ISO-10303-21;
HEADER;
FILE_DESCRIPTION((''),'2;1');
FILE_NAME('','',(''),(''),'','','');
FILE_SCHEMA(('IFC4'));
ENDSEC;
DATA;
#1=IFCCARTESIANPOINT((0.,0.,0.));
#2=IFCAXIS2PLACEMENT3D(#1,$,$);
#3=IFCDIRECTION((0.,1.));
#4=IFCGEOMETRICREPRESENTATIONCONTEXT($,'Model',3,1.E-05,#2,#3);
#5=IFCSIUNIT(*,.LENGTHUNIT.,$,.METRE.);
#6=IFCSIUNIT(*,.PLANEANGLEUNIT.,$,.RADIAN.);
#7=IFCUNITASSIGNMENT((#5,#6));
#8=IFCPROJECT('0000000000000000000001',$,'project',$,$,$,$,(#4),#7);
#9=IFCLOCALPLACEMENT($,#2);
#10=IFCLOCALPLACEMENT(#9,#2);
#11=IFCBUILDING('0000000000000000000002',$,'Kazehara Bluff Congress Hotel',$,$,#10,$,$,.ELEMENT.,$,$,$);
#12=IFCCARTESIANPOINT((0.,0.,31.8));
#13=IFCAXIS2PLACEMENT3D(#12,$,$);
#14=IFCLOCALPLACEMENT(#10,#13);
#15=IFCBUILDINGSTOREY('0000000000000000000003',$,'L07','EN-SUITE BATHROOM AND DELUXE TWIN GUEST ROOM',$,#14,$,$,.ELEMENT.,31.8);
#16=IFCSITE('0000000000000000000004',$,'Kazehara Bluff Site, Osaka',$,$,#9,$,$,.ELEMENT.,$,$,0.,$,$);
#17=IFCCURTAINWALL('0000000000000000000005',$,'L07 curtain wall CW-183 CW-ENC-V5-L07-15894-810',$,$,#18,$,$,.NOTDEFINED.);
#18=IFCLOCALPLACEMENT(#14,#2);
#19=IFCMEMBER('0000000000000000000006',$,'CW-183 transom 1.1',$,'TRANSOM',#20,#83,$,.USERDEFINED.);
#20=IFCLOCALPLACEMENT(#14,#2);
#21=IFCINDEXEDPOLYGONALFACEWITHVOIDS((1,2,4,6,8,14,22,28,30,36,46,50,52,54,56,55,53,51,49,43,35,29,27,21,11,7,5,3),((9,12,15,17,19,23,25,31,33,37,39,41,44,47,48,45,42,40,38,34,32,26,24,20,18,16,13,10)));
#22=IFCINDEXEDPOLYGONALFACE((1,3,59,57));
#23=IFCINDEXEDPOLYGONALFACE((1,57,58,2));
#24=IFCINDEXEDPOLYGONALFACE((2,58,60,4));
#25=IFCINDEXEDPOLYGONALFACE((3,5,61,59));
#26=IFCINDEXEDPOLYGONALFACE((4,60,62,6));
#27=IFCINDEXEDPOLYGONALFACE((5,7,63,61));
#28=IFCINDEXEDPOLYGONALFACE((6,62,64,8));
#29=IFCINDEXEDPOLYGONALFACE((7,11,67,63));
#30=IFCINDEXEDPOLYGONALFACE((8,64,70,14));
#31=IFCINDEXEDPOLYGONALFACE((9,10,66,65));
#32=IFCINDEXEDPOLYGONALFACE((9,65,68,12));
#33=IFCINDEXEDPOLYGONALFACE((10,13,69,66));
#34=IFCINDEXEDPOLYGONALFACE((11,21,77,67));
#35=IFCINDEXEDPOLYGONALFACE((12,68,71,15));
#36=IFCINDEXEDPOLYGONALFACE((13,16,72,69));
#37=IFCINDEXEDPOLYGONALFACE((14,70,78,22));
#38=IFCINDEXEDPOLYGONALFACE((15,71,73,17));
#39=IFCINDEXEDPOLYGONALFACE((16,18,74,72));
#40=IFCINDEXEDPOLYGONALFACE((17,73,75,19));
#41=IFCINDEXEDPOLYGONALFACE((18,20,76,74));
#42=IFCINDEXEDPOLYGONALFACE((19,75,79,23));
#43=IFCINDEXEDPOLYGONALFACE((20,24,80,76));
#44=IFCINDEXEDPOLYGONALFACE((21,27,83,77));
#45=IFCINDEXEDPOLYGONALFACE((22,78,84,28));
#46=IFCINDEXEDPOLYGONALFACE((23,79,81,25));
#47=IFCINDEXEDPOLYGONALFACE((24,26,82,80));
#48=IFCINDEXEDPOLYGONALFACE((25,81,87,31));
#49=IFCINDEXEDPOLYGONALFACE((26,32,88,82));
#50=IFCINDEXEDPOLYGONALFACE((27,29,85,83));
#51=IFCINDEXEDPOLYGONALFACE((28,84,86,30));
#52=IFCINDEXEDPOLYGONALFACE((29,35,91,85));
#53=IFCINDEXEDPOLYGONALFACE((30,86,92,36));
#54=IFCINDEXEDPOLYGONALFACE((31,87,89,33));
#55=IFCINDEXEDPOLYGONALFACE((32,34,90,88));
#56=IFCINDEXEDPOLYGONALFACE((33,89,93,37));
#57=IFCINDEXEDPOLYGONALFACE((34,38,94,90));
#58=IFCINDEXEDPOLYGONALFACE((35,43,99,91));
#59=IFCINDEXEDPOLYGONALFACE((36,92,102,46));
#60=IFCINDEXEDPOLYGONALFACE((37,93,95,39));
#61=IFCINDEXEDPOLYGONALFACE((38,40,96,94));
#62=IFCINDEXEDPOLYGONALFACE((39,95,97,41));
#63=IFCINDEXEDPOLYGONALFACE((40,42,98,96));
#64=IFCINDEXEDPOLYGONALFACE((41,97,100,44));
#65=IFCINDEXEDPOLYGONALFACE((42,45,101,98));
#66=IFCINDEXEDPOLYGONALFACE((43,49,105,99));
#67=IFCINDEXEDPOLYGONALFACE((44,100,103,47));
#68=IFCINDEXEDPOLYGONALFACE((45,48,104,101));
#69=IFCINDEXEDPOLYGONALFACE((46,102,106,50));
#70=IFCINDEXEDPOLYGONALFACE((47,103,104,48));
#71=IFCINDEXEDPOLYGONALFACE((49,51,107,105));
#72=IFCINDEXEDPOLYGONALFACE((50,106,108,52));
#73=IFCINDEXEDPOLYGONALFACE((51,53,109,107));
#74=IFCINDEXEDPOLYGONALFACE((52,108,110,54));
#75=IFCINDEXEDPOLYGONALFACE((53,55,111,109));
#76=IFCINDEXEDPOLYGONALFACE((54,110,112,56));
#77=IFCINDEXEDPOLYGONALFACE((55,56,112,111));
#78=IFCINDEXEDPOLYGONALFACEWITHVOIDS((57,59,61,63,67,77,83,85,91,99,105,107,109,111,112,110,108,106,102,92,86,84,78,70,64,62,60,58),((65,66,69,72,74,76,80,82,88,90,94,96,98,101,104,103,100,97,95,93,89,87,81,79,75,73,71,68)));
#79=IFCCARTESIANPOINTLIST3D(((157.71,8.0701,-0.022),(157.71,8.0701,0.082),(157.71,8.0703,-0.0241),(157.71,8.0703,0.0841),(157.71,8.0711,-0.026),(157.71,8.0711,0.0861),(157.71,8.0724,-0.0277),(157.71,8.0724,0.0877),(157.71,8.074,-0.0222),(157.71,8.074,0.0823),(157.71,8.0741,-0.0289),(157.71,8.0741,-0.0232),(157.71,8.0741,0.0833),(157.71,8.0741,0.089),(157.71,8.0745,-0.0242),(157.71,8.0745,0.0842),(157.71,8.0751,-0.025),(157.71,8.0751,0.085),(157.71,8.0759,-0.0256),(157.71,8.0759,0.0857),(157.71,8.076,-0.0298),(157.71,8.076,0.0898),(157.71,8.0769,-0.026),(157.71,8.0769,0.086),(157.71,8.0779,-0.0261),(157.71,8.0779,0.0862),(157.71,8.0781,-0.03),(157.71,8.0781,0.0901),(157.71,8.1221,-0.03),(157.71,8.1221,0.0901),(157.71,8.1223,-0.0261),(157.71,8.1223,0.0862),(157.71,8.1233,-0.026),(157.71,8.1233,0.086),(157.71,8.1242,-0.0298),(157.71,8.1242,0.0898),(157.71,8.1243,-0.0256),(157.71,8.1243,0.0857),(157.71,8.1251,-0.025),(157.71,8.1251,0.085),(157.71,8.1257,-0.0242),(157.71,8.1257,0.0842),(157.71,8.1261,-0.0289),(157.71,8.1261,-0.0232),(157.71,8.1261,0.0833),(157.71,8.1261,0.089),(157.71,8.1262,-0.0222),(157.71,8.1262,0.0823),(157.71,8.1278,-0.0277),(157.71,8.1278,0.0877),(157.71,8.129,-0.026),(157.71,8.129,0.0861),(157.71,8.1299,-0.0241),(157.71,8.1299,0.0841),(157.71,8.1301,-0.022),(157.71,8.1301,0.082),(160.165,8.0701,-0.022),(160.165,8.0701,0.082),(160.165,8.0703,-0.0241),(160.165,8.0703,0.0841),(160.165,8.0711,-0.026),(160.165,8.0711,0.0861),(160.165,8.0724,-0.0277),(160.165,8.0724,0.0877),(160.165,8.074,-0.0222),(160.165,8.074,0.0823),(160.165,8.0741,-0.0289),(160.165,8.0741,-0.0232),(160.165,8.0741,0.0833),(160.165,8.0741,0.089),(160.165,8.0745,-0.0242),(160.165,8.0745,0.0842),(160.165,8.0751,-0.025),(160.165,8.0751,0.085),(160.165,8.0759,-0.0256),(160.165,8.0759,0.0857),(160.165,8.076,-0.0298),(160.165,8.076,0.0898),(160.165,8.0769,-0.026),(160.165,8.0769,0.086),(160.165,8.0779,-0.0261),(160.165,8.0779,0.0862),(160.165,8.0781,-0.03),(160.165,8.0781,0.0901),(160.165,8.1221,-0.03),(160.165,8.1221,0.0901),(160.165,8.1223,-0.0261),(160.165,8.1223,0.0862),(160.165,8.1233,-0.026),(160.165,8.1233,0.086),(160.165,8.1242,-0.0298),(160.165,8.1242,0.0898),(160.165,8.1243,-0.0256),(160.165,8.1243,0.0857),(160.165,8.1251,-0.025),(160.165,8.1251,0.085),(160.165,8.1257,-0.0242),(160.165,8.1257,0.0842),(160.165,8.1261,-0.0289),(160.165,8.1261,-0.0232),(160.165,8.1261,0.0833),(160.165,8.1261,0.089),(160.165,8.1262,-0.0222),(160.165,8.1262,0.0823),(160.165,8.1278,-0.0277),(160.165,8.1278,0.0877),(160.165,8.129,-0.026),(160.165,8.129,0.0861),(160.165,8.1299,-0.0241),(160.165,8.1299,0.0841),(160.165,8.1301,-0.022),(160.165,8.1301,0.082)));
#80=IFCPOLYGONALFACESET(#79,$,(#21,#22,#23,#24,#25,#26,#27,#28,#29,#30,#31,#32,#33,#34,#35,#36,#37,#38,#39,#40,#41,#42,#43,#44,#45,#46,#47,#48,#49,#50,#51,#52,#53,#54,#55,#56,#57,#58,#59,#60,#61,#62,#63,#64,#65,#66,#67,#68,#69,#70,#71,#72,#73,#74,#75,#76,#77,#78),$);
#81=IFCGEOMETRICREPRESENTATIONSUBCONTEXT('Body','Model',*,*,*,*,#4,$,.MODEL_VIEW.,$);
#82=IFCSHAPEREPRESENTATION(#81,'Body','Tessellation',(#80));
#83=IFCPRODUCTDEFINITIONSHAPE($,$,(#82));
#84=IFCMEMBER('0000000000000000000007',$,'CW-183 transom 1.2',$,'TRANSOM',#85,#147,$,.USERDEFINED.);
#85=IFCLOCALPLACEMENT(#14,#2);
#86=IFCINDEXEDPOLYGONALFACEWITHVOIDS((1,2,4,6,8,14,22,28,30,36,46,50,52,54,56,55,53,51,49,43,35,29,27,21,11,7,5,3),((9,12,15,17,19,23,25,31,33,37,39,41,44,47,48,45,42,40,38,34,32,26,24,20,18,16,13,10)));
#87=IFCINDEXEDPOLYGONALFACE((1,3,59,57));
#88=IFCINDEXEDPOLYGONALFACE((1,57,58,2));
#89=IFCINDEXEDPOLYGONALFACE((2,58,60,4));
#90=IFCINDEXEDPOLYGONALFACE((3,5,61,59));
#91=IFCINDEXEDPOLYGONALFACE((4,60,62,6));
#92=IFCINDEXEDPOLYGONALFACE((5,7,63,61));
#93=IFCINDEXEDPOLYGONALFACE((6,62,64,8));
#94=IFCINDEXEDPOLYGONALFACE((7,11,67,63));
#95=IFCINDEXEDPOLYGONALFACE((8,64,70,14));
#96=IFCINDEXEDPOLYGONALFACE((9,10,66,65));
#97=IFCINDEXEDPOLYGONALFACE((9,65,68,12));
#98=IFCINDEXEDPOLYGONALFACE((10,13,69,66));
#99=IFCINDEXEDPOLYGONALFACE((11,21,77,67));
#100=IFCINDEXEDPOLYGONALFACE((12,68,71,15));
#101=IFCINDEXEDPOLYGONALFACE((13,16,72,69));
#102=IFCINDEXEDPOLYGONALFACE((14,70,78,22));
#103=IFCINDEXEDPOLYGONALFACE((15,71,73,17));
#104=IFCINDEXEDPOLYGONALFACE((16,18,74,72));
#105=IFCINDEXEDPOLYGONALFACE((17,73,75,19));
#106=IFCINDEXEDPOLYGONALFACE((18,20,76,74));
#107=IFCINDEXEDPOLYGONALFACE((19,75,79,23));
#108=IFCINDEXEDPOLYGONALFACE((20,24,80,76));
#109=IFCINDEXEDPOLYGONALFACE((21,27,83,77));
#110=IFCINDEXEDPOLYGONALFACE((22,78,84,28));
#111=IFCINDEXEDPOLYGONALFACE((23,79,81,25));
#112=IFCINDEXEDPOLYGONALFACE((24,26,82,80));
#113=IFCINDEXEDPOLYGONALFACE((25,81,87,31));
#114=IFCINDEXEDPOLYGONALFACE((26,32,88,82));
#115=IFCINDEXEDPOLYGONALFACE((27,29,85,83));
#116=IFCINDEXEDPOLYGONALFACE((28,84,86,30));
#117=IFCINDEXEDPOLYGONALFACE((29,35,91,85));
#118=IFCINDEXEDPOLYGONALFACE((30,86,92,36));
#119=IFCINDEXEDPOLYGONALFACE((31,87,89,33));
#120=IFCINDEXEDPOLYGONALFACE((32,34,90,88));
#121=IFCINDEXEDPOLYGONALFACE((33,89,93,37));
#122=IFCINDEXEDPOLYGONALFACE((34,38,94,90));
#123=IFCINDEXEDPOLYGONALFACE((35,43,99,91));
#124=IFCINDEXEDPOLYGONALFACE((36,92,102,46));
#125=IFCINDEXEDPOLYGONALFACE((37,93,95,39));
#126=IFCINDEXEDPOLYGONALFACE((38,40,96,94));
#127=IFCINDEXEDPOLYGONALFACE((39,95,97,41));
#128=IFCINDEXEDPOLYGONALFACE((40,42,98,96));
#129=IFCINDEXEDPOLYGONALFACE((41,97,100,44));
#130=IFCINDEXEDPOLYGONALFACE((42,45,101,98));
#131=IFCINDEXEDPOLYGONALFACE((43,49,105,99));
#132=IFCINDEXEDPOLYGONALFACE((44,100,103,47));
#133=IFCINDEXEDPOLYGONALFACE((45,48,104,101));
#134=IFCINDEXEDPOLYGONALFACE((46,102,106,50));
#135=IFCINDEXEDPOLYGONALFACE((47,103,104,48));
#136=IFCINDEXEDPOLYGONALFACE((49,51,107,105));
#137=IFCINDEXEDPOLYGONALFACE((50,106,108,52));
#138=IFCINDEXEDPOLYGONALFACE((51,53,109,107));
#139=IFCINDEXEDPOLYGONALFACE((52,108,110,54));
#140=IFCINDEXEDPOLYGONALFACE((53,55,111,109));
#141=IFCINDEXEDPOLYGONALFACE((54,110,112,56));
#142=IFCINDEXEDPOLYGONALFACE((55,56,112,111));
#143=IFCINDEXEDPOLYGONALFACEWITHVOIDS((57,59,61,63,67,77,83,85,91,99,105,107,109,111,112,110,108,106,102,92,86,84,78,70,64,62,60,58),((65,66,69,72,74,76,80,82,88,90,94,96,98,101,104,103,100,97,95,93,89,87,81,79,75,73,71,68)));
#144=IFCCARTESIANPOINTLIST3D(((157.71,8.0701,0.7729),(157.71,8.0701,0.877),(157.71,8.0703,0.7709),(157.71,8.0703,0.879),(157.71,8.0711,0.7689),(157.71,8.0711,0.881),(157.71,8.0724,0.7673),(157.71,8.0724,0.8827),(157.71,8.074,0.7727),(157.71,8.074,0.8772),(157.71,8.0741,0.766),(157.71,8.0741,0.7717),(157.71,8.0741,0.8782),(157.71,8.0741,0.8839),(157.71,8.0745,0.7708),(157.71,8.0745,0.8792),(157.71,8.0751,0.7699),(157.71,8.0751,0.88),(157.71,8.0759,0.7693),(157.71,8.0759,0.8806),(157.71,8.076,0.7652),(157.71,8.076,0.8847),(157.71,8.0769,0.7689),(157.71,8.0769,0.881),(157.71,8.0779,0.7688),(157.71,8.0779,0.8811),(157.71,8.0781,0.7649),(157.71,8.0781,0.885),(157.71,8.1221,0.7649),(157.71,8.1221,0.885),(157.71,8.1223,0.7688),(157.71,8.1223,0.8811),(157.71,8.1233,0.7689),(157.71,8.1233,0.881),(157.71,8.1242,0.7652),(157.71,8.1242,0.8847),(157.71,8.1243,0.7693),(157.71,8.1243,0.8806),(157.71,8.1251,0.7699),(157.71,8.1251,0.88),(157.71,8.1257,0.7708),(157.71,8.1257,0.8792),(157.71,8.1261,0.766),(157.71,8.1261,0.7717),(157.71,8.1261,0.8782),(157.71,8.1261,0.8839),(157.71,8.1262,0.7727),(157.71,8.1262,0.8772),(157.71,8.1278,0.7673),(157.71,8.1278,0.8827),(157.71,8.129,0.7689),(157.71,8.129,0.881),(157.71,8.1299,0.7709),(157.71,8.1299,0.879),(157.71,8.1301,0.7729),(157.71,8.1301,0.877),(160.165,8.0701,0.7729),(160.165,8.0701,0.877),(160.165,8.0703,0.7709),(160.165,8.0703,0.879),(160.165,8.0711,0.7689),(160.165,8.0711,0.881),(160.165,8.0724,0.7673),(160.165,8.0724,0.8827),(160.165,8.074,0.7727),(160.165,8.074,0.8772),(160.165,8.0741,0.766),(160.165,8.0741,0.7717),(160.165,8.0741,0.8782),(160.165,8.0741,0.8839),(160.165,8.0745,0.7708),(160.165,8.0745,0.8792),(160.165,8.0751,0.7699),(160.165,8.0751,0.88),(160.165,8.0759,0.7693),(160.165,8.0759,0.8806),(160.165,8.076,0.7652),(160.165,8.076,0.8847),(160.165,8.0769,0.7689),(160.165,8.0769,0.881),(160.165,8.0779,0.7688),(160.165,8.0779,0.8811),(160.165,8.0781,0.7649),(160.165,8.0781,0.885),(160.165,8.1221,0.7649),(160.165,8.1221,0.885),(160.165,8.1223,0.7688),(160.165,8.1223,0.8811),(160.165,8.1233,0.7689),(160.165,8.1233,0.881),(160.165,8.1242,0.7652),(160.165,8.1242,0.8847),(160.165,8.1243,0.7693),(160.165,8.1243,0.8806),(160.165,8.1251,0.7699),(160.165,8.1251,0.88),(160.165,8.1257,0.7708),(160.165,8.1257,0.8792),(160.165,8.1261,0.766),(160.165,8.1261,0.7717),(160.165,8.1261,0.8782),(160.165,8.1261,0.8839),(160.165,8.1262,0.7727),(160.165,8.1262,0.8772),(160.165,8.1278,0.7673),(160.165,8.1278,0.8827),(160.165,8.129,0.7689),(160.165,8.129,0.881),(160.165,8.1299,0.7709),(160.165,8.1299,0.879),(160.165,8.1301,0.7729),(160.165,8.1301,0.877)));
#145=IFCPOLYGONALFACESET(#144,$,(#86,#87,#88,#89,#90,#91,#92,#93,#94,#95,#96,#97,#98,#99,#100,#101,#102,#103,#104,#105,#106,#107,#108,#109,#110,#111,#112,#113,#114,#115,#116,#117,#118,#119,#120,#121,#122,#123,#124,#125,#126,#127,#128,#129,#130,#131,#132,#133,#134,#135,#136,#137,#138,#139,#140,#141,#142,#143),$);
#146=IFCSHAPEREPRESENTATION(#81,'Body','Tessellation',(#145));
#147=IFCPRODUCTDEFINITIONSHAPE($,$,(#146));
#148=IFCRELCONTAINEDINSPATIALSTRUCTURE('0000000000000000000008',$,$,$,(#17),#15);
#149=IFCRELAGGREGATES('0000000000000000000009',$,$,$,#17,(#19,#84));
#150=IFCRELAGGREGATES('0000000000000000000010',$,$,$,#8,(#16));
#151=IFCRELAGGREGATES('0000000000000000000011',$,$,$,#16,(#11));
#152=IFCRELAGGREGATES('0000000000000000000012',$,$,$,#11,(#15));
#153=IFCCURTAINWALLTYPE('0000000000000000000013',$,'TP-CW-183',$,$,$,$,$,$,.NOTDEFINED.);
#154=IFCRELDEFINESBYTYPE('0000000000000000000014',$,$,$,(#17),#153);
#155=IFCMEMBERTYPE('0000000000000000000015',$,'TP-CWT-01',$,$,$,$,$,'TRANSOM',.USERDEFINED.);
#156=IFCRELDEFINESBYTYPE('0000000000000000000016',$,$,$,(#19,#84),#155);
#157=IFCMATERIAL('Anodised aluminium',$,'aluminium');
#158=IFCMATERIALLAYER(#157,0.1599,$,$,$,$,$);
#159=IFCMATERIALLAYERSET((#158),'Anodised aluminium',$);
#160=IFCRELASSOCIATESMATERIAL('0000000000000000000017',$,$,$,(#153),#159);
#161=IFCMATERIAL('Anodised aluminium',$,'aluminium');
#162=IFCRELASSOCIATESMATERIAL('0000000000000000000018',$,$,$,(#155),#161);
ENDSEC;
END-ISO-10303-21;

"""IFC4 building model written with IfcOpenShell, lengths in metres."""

from ifc_helpers import new_model, si_unit, direction, frame, origin, origin_2d, place, context, subcontext, project, spatial, hollow_rectangle, extrude, material, layer, layer_set, material_profile, profile_set, type_object, element, aggregate, save


model = new_model("IFC4")

# Units and contexts
model_context = context("Model", 3, precision=1e-05, world=origin(), true_north=direction((0.0, 1.0)))
body_context = subcontext(model_context, "Body", "Model", "MODEL_VIEW")
ifc_project = project(units=[si_unit("LENGTHUNIT", "METRE"), si_unit("PLANEANGLEUNIT", "RADIAN")], contexts=[model_context])

# Site, building, storey
site_placement = place(None, origin())
site = spatial("IfcSite", under=ifc_project, at=site_placement, Name="Kazehara Bluff Site, Osaka", CompositionType="ELEMENT", RefElevation=0.0)
building_placement = place(site_placement, origin())
building = spatial("IfcBuilding", under=site, at=building_placement, Name="Kazehara Bluff Congress Hotel", CompositionType="ELEMENT")
storey_placement = place(building_placement, frame((0.0, 0.0, 31.8)))
storey = spatial("IfcBuildingStorey", under=building, at=storey_placement, Name="L07", Description="EN-SUITE BATHROOM AND DELUXE TWIN GUEST ROOM", CompositionType="ELEMENT", Elevation=31.8)

# Curtain wall
ifc_material_1 = material(Name="Anodised aluminium", Category="aluminium")
ifc_layer_1 = layer(ifc_material_1, 0.1599)
ifc_layer_set_1 = layer_set([ifc_layer_1], Name="Anodised aluminium")
curtain_wall_type_1 = type_object("IfcCurtainWallType", Name="TP-CW-183", PredefinedType="NOTDEFINED", material=ifc_layer_set_1)
curtain_wall_1_placement = place(storey_placement, origin())
curtain_wall_1 = element("IfcCurtainWall", 1, at=curtain_wall_1_placement, inside=storey, type_object=curtain_wall_type_1, Name="L07 curtain wall CW-183 CW-ENC-V5-L07-15894-810", PredefinedType="NOTDEFINED")

# Members
ifc_material_2 = material(Name="Anodised aluminium", Category="aluminium")
ifc_material_profile_1 = material_profile(ifc_material_2, hollow_rectangle(XDim=0.0601, YDim=0.1201, WallThickness=0.0039, InnerFilletRadius=0.0039, OuterFilletRadius=0.0081, at=origin_2d()))
ifc_profile_set_1 = profile_set([ifc_material_profile_1], Name="Anodised aluminium")
member_type_1 = type_object("IfcMemberType", Name="TP-CWT-01", ElementType="TRANSOM", PredefinedType="USERDEFINED", material=ifc_profile_set_1)
member_1_placement = place(storey_placement, frame((160.165, 8.1001, 0.03), z_axis=(-1.0, 0.0, 0.0), x_axis=(0.0, -1.0, 0.0)))
member_1 = element("IfcMember", 2, at=member_1_placement, type_object=member_type_1, Name="CW-183 transom 1.1", ObjectType="TRANSOM", PredefinedType="USERDEFINED", context=body_context, shape_type="SweptSolid", body=[
    extrude(hollow_rectangle(XDim=0.0601, YDim=0.1201, WallThickness=0.0039, InnerFilletRadius=0.0039, OuterFilletRadius=0.0081, at=origin_2d()), origin(), (0.0, 0.0, 1.0), 2.4551),
])
member_2_placement = place(storey_placement, frame((160.165, 8.1001, 0.825), z_axis=(-1.0, 0.0, 0.0), x_axis=(0.0, -1.0, 0.0)))
member_2 = element("IfcMember", 3, at=member_2_placement, type_object=member_type_1, Name="CW-183 transom 1.2", ObjectType="TRANSOM", PredefinedType="USERDEFINED", context=body_context, shape_type="SweptSolid", body=[
    extrude(hollow_rectangle(XDim=0.0601, YDim=0.1201, WallThickness=0.0039, InnerFilletRadius=0.0039, OuterFilletRadius=0.0081, at=origin_2d()), origin(), (0.0, 0.0, 1.0), 2.4551),
])

aggregate(curtain_wall_1, [member_1, member_2])

save(model, "model.ifc")
